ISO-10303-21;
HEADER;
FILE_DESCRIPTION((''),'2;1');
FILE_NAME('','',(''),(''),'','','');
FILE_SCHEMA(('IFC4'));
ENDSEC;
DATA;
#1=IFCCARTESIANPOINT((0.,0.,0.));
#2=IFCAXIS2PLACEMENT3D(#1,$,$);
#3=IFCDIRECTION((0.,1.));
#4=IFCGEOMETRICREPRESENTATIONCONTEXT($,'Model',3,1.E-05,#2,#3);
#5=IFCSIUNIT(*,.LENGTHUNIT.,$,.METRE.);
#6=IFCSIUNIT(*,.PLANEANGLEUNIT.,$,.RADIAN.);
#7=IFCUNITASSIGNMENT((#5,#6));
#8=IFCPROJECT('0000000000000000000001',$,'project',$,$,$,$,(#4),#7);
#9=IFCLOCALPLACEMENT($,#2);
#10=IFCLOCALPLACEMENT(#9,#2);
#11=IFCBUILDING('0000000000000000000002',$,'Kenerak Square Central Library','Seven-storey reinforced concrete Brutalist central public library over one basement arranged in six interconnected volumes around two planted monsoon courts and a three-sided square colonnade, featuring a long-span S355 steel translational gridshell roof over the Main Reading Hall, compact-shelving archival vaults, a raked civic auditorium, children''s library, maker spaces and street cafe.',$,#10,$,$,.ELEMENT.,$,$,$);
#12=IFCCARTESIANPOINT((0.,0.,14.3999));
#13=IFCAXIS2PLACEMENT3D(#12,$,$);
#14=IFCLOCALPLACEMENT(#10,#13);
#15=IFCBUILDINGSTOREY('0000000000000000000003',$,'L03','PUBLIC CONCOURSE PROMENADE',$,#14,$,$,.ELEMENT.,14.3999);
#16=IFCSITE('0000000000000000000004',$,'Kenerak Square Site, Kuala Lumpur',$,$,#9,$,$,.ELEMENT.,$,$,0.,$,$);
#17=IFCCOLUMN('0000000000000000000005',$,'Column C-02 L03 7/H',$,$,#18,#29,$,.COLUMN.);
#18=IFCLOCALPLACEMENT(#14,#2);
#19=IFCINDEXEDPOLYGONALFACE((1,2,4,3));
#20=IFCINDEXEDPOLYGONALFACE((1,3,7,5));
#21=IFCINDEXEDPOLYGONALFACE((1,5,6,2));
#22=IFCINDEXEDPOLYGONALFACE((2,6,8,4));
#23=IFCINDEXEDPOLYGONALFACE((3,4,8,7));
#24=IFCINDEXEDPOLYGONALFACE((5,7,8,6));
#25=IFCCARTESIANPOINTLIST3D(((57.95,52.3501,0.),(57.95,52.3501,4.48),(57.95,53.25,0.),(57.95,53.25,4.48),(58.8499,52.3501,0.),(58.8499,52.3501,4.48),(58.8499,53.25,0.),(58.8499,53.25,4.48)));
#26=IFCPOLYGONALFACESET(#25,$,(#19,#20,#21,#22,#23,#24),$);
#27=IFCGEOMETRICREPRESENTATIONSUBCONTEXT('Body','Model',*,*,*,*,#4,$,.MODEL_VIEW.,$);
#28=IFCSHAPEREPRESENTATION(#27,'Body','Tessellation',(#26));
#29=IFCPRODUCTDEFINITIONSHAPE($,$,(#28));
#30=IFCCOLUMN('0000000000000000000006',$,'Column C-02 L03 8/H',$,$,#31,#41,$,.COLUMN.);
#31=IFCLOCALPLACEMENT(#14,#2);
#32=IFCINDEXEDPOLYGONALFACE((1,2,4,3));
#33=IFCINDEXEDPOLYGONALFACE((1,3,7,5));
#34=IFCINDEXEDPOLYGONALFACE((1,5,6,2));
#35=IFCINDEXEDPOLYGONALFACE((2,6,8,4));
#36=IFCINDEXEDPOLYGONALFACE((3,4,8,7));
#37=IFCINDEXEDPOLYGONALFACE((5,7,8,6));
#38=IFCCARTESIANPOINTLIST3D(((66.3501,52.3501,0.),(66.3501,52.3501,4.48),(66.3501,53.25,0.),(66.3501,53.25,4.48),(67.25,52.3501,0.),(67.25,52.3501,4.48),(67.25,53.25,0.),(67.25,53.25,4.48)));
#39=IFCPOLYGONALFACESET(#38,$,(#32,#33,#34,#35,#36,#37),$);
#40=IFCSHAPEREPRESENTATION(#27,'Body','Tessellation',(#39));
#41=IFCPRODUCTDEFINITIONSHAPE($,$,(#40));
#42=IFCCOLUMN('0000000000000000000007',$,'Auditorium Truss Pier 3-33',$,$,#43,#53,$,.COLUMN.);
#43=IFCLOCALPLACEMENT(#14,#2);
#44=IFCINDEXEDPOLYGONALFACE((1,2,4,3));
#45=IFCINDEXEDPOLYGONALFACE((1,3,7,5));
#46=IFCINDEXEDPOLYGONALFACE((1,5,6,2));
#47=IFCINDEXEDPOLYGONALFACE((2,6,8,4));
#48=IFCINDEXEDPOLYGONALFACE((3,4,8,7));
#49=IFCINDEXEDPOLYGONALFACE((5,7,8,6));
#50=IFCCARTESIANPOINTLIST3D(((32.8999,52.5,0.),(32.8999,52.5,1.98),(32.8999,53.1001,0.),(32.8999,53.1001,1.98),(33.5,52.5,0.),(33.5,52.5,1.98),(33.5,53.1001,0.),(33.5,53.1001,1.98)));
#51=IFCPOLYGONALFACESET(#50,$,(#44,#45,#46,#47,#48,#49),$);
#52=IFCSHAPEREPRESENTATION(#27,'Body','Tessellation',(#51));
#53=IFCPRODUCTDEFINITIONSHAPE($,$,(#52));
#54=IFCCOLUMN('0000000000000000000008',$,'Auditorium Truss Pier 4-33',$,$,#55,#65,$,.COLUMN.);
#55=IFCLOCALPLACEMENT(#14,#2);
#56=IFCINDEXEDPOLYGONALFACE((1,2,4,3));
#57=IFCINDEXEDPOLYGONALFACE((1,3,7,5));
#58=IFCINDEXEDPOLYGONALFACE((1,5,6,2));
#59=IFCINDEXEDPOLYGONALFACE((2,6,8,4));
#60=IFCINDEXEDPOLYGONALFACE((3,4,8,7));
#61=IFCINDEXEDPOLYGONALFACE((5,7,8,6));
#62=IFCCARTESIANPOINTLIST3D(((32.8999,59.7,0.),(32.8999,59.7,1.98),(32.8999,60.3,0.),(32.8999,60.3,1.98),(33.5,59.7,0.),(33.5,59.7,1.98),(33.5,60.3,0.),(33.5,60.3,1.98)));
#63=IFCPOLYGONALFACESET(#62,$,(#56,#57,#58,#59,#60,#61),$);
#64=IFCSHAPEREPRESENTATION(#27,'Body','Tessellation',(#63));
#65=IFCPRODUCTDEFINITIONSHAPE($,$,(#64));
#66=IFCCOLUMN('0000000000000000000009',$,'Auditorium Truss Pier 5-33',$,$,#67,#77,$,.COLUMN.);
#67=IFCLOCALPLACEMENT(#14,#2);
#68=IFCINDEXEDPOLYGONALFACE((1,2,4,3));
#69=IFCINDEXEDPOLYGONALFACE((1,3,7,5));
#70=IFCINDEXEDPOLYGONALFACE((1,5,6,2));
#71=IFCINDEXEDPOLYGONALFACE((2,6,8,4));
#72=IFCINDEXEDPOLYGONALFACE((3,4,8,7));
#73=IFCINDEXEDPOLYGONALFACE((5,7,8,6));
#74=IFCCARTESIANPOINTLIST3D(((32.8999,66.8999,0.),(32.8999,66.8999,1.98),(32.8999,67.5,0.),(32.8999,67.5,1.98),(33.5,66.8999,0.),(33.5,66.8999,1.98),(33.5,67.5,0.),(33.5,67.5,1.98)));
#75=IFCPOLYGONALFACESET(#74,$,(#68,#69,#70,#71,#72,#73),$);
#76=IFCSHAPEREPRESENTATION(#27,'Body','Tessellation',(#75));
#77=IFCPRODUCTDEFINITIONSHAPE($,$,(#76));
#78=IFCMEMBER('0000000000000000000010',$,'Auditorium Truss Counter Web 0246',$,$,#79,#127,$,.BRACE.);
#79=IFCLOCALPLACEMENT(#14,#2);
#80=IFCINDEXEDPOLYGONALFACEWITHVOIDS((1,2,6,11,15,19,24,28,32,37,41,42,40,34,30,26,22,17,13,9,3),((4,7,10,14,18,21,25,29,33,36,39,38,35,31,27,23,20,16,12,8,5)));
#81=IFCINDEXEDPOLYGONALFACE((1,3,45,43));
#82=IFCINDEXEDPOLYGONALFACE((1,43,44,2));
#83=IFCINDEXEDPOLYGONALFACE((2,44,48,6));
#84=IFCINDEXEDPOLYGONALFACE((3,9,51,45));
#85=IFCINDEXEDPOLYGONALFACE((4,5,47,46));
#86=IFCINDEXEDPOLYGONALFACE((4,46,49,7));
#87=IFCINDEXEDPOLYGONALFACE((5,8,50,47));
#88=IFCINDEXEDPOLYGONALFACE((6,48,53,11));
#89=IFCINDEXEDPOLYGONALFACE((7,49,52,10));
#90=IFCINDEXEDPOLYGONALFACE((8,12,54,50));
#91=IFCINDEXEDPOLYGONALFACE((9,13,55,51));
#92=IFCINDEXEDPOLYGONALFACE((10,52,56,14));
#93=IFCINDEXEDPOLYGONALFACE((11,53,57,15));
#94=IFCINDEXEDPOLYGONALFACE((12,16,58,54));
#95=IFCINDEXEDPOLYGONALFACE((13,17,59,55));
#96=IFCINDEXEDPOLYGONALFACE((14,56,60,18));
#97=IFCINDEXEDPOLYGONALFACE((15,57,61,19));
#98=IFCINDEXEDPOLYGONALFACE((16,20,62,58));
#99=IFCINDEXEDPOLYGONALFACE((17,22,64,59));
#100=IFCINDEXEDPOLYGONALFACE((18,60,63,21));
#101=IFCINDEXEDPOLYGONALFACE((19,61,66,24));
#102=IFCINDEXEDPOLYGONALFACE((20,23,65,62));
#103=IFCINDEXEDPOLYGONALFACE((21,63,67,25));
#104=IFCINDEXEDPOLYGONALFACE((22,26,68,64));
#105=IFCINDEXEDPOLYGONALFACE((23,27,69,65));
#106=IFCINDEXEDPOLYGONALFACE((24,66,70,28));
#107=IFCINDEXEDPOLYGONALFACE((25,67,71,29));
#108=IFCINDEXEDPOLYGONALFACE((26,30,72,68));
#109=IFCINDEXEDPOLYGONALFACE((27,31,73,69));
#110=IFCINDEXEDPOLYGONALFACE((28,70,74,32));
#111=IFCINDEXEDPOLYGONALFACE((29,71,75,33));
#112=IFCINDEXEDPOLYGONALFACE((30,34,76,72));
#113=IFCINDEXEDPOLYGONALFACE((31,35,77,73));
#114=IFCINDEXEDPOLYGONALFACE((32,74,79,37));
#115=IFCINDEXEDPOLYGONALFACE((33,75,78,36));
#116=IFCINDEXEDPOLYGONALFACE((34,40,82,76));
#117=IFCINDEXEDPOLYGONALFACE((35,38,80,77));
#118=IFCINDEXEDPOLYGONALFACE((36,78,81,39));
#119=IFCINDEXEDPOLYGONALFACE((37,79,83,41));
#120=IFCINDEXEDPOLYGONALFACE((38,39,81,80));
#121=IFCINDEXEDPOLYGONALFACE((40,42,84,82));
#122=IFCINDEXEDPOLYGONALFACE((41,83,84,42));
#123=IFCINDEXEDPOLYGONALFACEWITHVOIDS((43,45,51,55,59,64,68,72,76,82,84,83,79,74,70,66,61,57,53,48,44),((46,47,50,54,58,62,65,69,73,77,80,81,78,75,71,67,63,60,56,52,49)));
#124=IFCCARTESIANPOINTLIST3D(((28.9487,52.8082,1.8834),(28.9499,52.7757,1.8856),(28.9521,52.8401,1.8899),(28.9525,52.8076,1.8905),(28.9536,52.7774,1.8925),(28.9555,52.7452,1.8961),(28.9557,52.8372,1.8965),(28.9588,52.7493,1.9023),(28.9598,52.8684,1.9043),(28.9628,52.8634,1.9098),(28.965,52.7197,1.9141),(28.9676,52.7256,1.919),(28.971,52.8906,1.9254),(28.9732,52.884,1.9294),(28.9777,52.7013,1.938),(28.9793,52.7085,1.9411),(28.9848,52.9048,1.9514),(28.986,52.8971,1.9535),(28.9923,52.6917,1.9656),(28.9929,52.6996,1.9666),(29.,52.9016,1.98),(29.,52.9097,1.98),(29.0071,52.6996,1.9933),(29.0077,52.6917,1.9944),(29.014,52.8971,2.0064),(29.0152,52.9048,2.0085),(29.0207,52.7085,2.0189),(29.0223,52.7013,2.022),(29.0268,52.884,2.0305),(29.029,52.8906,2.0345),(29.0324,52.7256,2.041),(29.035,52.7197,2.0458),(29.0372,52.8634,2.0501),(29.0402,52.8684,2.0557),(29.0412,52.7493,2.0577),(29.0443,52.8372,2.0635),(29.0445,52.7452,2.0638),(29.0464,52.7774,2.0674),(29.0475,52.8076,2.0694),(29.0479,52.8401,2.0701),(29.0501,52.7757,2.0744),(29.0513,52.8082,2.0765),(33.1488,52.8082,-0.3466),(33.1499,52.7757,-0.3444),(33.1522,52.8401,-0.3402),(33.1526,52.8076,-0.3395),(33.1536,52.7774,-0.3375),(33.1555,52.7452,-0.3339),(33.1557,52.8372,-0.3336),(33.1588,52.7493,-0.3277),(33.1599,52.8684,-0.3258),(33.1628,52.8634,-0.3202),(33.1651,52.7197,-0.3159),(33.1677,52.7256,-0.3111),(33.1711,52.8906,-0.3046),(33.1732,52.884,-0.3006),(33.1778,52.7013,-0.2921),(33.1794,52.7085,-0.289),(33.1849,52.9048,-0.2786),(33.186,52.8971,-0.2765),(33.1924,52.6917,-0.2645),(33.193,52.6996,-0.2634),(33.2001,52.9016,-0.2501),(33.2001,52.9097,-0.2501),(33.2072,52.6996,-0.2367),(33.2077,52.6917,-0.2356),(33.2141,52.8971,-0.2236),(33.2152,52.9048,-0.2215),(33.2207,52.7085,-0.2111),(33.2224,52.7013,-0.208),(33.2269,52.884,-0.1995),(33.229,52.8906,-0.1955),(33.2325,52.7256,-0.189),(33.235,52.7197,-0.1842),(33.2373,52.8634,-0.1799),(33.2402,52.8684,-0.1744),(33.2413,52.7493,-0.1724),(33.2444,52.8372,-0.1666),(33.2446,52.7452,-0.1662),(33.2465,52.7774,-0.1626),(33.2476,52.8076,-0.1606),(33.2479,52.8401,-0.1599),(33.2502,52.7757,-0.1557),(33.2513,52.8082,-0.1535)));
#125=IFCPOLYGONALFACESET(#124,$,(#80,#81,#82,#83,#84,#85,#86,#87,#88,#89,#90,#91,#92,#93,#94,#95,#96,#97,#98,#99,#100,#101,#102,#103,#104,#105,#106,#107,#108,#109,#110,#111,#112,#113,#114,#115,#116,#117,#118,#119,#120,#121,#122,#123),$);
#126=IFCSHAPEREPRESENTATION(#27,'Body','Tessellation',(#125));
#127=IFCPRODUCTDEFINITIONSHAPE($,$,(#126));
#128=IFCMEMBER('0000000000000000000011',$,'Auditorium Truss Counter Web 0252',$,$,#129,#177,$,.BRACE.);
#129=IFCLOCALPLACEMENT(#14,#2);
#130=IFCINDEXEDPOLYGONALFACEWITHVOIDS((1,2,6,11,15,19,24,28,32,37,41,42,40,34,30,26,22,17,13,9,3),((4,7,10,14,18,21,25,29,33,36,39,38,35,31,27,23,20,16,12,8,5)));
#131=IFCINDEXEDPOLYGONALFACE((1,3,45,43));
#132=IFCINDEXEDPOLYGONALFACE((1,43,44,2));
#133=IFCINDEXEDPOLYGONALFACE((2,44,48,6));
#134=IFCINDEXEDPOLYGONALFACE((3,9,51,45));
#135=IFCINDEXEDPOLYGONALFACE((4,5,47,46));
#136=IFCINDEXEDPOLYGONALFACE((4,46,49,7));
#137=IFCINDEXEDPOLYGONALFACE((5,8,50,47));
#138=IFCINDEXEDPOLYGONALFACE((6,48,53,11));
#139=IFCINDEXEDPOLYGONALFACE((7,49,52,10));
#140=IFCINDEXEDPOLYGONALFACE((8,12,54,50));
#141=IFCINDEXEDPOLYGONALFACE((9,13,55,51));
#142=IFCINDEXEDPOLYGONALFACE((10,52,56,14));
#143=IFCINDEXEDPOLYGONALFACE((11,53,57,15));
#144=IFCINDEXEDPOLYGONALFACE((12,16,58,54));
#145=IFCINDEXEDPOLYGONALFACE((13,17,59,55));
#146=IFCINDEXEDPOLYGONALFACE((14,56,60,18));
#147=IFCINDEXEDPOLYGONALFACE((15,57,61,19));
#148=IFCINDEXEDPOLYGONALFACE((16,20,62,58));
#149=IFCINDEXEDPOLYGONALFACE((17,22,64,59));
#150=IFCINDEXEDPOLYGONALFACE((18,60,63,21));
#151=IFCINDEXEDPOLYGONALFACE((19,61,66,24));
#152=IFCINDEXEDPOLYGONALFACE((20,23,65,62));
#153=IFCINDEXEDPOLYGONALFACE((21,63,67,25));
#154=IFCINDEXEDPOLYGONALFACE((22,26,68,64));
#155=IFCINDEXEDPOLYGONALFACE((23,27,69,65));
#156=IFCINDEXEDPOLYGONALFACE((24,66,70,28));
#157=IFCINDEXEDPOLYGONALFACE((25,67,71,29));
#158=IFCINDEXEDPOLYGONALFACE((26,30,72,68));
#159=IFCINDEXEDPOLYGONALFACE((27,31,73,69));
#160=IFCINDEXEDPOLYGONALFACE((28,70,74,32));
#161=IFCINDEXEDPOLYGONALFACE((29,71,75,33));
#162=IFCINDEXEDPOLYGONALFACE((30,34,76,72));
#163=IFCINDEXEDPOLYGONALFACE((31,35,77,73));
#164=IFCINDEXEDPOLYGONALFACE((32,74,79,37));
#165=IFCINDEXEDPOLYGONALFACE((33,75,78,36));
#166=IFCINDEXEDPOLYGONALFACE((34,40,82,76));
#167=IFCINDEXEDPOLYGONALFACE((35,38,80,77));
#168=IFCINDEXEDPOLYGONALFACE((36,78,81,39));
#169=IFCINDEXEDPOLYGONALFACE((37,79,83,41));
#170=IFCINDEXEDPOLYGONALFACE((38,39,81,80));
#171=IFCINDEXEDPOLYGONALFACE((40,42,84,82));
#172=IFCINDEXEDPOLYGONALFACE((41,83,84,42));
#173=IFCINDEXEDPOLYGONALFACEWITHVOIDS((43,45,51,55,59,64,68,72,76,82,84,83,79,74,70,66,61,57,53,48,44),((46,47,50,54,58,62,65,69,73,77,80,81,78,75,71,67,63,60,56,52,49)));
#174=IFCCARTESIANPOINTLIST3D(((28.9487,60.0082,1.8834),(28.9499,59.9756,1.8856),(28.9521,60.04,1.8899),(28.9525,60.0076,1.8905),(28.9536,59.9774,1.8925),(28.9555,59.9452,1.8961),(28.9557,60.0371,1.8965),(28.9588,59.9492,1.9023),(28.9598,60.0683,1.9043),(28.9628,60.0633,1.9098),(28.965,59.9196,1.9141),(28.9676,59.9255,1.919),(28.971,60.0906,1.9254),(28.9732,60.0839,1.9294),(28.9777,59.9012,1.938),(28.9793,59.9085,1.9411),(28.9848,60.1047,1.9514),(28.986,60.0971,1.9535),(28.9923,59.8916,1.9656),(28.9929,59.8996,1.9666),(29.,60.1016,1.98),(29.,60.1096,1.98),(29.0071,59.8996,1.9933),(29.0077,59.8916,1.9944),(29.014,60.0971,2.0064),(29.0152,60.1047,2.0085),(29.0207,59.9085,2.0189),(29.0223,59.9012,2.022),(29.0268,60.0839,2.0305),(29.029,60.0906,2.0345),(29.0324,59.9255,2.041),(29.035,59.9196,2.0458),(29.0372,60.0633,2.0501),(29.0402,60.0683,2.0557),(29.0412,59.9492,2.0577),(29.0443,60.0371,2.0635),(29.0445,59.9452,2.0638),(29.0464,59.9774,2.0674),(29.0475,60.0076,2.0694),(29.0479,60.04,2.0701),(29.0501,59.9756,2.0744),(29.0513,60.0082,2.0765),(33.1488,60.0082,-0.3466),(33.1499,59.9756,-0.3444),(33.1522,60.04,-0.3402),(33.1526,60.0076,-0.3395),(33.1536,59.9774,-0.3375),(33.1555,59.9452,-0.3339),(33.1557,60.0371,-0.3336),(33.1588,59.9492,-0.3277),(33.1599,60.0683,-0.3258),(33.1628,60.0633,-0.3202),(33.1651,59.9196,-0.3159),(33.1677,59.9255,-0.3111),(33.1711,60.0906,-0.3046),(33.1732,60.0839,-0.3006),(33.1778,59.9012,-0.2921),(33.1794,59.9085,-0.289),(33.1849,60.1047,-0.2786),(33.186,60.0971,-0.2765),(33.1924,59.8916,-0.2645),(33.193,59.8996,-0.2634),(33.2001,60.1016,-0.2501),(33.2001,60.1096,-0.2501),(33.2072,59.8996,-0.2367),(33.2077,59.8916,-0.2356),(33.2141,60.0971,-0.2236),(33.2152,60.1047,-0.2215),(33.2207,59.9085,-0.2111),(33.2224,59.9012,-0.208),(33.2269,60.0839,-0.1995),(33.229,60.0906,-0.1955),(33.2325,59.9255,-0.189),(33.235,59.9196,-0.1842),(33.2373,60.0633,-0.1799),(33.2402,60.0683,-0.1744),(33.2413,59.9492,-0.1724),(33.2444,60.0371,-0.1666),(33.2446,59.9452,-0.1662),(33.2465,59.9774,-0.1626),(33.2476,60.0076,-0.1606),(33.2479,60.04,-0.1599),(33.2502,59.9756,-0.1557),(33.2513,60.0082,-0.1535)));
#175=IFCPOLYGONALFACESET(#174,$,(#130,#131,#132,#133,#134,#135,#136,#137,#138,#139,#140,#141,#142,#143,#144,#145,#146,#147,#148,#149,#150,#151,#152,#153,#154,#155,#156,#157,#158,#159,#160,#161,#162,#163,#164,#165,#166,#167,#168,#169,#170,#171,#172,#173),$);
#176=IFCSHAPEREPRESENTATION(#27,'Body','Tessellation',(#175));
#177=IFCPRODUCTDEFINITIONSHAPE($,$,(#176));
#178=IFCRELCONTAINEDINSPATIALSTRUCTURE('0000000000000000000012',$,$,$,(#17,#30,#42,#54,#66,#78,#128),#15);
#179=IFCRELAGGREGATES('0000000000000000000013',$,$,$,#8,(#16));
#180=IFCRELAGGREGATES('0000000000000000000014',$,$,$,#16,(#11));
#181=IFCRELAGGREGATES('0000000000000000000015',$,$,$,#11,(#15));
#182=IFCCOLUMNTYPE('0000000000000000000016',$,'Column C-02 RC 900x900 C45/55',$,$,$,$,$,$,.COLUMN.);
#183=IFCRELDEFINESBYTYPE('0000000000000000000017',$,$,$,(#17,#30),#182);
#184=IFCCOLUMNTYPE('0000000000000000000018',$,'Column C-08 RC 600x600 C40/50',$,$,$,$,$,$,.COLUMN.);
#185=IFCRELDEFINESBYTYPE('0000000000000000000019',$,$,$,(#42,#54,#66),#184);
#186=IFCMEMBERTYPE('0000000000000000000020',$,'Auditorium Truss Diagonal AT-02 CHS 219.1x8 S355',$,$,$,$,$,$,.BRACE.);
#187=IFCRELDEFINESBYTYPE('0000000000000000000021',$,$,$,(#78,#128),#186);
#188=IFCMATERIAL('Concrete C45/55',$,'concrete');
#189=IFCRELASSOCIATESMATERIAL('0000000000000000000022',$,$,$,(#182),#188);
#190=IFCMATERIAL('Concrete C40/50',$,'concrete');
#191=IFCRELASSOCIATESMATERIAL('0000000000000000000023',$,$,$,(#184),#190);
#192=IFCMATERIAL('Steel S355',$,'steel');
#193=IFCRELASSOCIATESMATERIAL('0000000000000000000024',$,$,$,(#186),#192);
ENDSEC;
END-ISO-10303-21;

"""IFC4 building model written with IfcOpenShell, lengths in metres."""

from ifc_helpers import new_model, si_unit, direction, frame, origin, origin_2d, place, context, subcontext, project, spatial, rectangle, hollow_circle, extrude, material, material_profile, profile_set, type_object, element, save


model = new_model("IFC4")

# Units and contexts
model_context = context("Model", 3, precision=1e-05, world=origin(), true_north=direction((0.0, 1.0)))
body_context = subcontext(model_context, "Body", "Model", "MODEL_VIEW")
ifc_project = project(units=[si_unit("LENGTHUNIT", "METRE"), si_unit("PLANEANGLEUNIT", "RADIAN")], contexts=[model_context])

# Site, building, storey
site_placement = place(None, origin())
site = spatial("IfcSite", under=ifc_project, at=site_placement, Name="Kenerak Square Site, Kuala Lumpur", CompositionType="ELEMENT", RefElevation=0.0)
building_placement = place(site_placement, origin())
building = spatial("IfcBuilding", under=site, at=building_placement, Name="Kenerak Square Central Library", Description="Seven-storey reinforced concrete Brutalist central public library over one basement arranged in six interconnected volumes around two planted monsoon courts and a three-sided square colonnade, featuring a long-span S355 steel translational gridshell roof over the Main Reading Hall, compact-shelving archival vaults, a raked civic auditorium, children's library, maker spaces and street cafe.", CompositionType="ELEMENT")
storey_placement = place(building_placement, frame((0.0, 0.0, 14.3999)))
storey = spatial("IfcBuildingStorey", under=building, at=storey_placement, Name="L03", Description="PUBLIC CONCOURSE PROMENADE", CompositionType="ELEMENT", Elevation=14.3999)

# Columns
ifc_material_1 = material(Name="Concrete C45/55", Category="concrete")
ifc_material_profile_1 = material_profile(ifc_material_1, rectangle(XDim=0.8999, YDim=0.8999, at=origin_2d()), Name="RC 900x900")
ifc_profile_set_1 = profile_set([ifc_material_profile_1], Name="Concrete C45/55")
column_type_1 = type_object("IfcColumnType", Name="Column C-02 RC 900x900 C45/55", PredefinedType="COLUMN", material=ifc_profile_set_1)
for number, where, z_axis, x_axis, name in (
    (1, (58.3999, 52.8, 0.0), (0.0, 0.0, 1.0), (1.0, 0.0, 0.0), "Column C-02 L03 7/H"),
    (2, (66.8, 52.8, 0.0), (0.0, 0.0, 1.0), (1.0, 0.0, 0.0), "Column C-02 L03 8/H"),
):
    element("IfcColumn", number, at=place(storey_placement, frame(where, z_axis=z_axis, x_axis=x_axis)), inside=storey, type_object=column_type_1, Name=name, PredefinedType="COLUMN", context=body_context, shape_type="SweptSolid", body=[
        extrude(rectangle(XDim=0.8999, YDim=0.8999, at=origin_2d()), origin(), (0.0, 0.0, 1.0), 4.48),
    ])
ifc_material_2 = material(Name="Concrete C40/50", Category="concrete")
ifc_material_profile_2 = material_profile(ifc_material_2, rectangle(XDim=0.6001, YDim=0.6001, at=origin_2d()), Name="RC 600x600")
ifc_profile_set_2 = profile_set([ifc_material_profile_2], Name="Concrete C40/50")
column_type_2 = type_object("IfcColumnType", Name="Column C-08 RC 600x600 C40/50", PredefinedType="COLUMN", material=ifc_profile_set_2)
for number, where, z_axis, x_axis, name in (
    (3, (33.2, 52.8, 0.0), (0.0, 0.0, 1.0), (1.0, 0.0, 0.0), "Auditorium Truss Pier 3-33"),
    (4, (33.2, 60.0, 0.0), (0.0, 0.0, 1.0), (1.0, 0.0, 0.0), "Auditorium Truss Pier 4-33"),
    (5, (33.2, 67.2, 0.0), (0.0, 0.0, 1.0), (1.0, 0.0, 0.0), "Auditorium Truss Pier 5-33"),
):
    element("IfcColumn", number, at=place(storey_placement, frame(where, z_axis=z_axis, x_axis=x_axis)), inside=storey, type_object=column_type_2, Name=name, PredefinedType="COLUMN", context=body_context, shape_type="SweptSolid", body=[
        extrude(rectangle(XDim=0.6001, YDim=0.6001, at=origin_2d()), origin(), (0.0, 0.0, 1.0), 1.98),
    ])

# Members
ifc_material_3 = material(Name="Steel S355", Category="steel")
ifc_material_profile_3 = material_profile(ifc_material_3, hollow_circle(Radius=0.1096, WallThickness=0.0081, at=origin_2d()), Name="CHS 219.1x8.0")
ifc_profile_set_3 = profile_set([ifc_material_profile_3], Name="Steel S355")
member_type_1 = type_object("IfcMemberType", Name="Auditorium Truss Diagonal AT-02 CHS 219.1x8 S355", PredefinedType="BRACE", material=ifc_profile_set_3)
for number, where, z_axis, x_axis, name in (
    (6, (29.0, 52.8, 1.98), (0.883224, 0.0, -0.468951), (0.0, 1.0, 0.0), "Auditorium Truss Counter Web 0246"),
    (7, (29.0, 60.0, 1.98), (0.883224, 0.0, -0.468951), (0.0, 1.0, 0.0), "Auditorium Truss Counter Web 0252"),
):
    element("IfcMember", number, at=place(storey_placement, frame(where, z_axis=z_axis, x_axis=x_axis)), inside=storey, type_object=member_type_1, Name=name, PredefinedType="BRACE", context=body_context, shape_type="SweptSolid", body=[
        extrude(hollow_circle(Radius=0.1096, WallThickness=0.0081, at=origin_2d()), origin(), (0.0, 0.0, 1.0), 4.7554),
    ])

save(model, "model.ifc")
